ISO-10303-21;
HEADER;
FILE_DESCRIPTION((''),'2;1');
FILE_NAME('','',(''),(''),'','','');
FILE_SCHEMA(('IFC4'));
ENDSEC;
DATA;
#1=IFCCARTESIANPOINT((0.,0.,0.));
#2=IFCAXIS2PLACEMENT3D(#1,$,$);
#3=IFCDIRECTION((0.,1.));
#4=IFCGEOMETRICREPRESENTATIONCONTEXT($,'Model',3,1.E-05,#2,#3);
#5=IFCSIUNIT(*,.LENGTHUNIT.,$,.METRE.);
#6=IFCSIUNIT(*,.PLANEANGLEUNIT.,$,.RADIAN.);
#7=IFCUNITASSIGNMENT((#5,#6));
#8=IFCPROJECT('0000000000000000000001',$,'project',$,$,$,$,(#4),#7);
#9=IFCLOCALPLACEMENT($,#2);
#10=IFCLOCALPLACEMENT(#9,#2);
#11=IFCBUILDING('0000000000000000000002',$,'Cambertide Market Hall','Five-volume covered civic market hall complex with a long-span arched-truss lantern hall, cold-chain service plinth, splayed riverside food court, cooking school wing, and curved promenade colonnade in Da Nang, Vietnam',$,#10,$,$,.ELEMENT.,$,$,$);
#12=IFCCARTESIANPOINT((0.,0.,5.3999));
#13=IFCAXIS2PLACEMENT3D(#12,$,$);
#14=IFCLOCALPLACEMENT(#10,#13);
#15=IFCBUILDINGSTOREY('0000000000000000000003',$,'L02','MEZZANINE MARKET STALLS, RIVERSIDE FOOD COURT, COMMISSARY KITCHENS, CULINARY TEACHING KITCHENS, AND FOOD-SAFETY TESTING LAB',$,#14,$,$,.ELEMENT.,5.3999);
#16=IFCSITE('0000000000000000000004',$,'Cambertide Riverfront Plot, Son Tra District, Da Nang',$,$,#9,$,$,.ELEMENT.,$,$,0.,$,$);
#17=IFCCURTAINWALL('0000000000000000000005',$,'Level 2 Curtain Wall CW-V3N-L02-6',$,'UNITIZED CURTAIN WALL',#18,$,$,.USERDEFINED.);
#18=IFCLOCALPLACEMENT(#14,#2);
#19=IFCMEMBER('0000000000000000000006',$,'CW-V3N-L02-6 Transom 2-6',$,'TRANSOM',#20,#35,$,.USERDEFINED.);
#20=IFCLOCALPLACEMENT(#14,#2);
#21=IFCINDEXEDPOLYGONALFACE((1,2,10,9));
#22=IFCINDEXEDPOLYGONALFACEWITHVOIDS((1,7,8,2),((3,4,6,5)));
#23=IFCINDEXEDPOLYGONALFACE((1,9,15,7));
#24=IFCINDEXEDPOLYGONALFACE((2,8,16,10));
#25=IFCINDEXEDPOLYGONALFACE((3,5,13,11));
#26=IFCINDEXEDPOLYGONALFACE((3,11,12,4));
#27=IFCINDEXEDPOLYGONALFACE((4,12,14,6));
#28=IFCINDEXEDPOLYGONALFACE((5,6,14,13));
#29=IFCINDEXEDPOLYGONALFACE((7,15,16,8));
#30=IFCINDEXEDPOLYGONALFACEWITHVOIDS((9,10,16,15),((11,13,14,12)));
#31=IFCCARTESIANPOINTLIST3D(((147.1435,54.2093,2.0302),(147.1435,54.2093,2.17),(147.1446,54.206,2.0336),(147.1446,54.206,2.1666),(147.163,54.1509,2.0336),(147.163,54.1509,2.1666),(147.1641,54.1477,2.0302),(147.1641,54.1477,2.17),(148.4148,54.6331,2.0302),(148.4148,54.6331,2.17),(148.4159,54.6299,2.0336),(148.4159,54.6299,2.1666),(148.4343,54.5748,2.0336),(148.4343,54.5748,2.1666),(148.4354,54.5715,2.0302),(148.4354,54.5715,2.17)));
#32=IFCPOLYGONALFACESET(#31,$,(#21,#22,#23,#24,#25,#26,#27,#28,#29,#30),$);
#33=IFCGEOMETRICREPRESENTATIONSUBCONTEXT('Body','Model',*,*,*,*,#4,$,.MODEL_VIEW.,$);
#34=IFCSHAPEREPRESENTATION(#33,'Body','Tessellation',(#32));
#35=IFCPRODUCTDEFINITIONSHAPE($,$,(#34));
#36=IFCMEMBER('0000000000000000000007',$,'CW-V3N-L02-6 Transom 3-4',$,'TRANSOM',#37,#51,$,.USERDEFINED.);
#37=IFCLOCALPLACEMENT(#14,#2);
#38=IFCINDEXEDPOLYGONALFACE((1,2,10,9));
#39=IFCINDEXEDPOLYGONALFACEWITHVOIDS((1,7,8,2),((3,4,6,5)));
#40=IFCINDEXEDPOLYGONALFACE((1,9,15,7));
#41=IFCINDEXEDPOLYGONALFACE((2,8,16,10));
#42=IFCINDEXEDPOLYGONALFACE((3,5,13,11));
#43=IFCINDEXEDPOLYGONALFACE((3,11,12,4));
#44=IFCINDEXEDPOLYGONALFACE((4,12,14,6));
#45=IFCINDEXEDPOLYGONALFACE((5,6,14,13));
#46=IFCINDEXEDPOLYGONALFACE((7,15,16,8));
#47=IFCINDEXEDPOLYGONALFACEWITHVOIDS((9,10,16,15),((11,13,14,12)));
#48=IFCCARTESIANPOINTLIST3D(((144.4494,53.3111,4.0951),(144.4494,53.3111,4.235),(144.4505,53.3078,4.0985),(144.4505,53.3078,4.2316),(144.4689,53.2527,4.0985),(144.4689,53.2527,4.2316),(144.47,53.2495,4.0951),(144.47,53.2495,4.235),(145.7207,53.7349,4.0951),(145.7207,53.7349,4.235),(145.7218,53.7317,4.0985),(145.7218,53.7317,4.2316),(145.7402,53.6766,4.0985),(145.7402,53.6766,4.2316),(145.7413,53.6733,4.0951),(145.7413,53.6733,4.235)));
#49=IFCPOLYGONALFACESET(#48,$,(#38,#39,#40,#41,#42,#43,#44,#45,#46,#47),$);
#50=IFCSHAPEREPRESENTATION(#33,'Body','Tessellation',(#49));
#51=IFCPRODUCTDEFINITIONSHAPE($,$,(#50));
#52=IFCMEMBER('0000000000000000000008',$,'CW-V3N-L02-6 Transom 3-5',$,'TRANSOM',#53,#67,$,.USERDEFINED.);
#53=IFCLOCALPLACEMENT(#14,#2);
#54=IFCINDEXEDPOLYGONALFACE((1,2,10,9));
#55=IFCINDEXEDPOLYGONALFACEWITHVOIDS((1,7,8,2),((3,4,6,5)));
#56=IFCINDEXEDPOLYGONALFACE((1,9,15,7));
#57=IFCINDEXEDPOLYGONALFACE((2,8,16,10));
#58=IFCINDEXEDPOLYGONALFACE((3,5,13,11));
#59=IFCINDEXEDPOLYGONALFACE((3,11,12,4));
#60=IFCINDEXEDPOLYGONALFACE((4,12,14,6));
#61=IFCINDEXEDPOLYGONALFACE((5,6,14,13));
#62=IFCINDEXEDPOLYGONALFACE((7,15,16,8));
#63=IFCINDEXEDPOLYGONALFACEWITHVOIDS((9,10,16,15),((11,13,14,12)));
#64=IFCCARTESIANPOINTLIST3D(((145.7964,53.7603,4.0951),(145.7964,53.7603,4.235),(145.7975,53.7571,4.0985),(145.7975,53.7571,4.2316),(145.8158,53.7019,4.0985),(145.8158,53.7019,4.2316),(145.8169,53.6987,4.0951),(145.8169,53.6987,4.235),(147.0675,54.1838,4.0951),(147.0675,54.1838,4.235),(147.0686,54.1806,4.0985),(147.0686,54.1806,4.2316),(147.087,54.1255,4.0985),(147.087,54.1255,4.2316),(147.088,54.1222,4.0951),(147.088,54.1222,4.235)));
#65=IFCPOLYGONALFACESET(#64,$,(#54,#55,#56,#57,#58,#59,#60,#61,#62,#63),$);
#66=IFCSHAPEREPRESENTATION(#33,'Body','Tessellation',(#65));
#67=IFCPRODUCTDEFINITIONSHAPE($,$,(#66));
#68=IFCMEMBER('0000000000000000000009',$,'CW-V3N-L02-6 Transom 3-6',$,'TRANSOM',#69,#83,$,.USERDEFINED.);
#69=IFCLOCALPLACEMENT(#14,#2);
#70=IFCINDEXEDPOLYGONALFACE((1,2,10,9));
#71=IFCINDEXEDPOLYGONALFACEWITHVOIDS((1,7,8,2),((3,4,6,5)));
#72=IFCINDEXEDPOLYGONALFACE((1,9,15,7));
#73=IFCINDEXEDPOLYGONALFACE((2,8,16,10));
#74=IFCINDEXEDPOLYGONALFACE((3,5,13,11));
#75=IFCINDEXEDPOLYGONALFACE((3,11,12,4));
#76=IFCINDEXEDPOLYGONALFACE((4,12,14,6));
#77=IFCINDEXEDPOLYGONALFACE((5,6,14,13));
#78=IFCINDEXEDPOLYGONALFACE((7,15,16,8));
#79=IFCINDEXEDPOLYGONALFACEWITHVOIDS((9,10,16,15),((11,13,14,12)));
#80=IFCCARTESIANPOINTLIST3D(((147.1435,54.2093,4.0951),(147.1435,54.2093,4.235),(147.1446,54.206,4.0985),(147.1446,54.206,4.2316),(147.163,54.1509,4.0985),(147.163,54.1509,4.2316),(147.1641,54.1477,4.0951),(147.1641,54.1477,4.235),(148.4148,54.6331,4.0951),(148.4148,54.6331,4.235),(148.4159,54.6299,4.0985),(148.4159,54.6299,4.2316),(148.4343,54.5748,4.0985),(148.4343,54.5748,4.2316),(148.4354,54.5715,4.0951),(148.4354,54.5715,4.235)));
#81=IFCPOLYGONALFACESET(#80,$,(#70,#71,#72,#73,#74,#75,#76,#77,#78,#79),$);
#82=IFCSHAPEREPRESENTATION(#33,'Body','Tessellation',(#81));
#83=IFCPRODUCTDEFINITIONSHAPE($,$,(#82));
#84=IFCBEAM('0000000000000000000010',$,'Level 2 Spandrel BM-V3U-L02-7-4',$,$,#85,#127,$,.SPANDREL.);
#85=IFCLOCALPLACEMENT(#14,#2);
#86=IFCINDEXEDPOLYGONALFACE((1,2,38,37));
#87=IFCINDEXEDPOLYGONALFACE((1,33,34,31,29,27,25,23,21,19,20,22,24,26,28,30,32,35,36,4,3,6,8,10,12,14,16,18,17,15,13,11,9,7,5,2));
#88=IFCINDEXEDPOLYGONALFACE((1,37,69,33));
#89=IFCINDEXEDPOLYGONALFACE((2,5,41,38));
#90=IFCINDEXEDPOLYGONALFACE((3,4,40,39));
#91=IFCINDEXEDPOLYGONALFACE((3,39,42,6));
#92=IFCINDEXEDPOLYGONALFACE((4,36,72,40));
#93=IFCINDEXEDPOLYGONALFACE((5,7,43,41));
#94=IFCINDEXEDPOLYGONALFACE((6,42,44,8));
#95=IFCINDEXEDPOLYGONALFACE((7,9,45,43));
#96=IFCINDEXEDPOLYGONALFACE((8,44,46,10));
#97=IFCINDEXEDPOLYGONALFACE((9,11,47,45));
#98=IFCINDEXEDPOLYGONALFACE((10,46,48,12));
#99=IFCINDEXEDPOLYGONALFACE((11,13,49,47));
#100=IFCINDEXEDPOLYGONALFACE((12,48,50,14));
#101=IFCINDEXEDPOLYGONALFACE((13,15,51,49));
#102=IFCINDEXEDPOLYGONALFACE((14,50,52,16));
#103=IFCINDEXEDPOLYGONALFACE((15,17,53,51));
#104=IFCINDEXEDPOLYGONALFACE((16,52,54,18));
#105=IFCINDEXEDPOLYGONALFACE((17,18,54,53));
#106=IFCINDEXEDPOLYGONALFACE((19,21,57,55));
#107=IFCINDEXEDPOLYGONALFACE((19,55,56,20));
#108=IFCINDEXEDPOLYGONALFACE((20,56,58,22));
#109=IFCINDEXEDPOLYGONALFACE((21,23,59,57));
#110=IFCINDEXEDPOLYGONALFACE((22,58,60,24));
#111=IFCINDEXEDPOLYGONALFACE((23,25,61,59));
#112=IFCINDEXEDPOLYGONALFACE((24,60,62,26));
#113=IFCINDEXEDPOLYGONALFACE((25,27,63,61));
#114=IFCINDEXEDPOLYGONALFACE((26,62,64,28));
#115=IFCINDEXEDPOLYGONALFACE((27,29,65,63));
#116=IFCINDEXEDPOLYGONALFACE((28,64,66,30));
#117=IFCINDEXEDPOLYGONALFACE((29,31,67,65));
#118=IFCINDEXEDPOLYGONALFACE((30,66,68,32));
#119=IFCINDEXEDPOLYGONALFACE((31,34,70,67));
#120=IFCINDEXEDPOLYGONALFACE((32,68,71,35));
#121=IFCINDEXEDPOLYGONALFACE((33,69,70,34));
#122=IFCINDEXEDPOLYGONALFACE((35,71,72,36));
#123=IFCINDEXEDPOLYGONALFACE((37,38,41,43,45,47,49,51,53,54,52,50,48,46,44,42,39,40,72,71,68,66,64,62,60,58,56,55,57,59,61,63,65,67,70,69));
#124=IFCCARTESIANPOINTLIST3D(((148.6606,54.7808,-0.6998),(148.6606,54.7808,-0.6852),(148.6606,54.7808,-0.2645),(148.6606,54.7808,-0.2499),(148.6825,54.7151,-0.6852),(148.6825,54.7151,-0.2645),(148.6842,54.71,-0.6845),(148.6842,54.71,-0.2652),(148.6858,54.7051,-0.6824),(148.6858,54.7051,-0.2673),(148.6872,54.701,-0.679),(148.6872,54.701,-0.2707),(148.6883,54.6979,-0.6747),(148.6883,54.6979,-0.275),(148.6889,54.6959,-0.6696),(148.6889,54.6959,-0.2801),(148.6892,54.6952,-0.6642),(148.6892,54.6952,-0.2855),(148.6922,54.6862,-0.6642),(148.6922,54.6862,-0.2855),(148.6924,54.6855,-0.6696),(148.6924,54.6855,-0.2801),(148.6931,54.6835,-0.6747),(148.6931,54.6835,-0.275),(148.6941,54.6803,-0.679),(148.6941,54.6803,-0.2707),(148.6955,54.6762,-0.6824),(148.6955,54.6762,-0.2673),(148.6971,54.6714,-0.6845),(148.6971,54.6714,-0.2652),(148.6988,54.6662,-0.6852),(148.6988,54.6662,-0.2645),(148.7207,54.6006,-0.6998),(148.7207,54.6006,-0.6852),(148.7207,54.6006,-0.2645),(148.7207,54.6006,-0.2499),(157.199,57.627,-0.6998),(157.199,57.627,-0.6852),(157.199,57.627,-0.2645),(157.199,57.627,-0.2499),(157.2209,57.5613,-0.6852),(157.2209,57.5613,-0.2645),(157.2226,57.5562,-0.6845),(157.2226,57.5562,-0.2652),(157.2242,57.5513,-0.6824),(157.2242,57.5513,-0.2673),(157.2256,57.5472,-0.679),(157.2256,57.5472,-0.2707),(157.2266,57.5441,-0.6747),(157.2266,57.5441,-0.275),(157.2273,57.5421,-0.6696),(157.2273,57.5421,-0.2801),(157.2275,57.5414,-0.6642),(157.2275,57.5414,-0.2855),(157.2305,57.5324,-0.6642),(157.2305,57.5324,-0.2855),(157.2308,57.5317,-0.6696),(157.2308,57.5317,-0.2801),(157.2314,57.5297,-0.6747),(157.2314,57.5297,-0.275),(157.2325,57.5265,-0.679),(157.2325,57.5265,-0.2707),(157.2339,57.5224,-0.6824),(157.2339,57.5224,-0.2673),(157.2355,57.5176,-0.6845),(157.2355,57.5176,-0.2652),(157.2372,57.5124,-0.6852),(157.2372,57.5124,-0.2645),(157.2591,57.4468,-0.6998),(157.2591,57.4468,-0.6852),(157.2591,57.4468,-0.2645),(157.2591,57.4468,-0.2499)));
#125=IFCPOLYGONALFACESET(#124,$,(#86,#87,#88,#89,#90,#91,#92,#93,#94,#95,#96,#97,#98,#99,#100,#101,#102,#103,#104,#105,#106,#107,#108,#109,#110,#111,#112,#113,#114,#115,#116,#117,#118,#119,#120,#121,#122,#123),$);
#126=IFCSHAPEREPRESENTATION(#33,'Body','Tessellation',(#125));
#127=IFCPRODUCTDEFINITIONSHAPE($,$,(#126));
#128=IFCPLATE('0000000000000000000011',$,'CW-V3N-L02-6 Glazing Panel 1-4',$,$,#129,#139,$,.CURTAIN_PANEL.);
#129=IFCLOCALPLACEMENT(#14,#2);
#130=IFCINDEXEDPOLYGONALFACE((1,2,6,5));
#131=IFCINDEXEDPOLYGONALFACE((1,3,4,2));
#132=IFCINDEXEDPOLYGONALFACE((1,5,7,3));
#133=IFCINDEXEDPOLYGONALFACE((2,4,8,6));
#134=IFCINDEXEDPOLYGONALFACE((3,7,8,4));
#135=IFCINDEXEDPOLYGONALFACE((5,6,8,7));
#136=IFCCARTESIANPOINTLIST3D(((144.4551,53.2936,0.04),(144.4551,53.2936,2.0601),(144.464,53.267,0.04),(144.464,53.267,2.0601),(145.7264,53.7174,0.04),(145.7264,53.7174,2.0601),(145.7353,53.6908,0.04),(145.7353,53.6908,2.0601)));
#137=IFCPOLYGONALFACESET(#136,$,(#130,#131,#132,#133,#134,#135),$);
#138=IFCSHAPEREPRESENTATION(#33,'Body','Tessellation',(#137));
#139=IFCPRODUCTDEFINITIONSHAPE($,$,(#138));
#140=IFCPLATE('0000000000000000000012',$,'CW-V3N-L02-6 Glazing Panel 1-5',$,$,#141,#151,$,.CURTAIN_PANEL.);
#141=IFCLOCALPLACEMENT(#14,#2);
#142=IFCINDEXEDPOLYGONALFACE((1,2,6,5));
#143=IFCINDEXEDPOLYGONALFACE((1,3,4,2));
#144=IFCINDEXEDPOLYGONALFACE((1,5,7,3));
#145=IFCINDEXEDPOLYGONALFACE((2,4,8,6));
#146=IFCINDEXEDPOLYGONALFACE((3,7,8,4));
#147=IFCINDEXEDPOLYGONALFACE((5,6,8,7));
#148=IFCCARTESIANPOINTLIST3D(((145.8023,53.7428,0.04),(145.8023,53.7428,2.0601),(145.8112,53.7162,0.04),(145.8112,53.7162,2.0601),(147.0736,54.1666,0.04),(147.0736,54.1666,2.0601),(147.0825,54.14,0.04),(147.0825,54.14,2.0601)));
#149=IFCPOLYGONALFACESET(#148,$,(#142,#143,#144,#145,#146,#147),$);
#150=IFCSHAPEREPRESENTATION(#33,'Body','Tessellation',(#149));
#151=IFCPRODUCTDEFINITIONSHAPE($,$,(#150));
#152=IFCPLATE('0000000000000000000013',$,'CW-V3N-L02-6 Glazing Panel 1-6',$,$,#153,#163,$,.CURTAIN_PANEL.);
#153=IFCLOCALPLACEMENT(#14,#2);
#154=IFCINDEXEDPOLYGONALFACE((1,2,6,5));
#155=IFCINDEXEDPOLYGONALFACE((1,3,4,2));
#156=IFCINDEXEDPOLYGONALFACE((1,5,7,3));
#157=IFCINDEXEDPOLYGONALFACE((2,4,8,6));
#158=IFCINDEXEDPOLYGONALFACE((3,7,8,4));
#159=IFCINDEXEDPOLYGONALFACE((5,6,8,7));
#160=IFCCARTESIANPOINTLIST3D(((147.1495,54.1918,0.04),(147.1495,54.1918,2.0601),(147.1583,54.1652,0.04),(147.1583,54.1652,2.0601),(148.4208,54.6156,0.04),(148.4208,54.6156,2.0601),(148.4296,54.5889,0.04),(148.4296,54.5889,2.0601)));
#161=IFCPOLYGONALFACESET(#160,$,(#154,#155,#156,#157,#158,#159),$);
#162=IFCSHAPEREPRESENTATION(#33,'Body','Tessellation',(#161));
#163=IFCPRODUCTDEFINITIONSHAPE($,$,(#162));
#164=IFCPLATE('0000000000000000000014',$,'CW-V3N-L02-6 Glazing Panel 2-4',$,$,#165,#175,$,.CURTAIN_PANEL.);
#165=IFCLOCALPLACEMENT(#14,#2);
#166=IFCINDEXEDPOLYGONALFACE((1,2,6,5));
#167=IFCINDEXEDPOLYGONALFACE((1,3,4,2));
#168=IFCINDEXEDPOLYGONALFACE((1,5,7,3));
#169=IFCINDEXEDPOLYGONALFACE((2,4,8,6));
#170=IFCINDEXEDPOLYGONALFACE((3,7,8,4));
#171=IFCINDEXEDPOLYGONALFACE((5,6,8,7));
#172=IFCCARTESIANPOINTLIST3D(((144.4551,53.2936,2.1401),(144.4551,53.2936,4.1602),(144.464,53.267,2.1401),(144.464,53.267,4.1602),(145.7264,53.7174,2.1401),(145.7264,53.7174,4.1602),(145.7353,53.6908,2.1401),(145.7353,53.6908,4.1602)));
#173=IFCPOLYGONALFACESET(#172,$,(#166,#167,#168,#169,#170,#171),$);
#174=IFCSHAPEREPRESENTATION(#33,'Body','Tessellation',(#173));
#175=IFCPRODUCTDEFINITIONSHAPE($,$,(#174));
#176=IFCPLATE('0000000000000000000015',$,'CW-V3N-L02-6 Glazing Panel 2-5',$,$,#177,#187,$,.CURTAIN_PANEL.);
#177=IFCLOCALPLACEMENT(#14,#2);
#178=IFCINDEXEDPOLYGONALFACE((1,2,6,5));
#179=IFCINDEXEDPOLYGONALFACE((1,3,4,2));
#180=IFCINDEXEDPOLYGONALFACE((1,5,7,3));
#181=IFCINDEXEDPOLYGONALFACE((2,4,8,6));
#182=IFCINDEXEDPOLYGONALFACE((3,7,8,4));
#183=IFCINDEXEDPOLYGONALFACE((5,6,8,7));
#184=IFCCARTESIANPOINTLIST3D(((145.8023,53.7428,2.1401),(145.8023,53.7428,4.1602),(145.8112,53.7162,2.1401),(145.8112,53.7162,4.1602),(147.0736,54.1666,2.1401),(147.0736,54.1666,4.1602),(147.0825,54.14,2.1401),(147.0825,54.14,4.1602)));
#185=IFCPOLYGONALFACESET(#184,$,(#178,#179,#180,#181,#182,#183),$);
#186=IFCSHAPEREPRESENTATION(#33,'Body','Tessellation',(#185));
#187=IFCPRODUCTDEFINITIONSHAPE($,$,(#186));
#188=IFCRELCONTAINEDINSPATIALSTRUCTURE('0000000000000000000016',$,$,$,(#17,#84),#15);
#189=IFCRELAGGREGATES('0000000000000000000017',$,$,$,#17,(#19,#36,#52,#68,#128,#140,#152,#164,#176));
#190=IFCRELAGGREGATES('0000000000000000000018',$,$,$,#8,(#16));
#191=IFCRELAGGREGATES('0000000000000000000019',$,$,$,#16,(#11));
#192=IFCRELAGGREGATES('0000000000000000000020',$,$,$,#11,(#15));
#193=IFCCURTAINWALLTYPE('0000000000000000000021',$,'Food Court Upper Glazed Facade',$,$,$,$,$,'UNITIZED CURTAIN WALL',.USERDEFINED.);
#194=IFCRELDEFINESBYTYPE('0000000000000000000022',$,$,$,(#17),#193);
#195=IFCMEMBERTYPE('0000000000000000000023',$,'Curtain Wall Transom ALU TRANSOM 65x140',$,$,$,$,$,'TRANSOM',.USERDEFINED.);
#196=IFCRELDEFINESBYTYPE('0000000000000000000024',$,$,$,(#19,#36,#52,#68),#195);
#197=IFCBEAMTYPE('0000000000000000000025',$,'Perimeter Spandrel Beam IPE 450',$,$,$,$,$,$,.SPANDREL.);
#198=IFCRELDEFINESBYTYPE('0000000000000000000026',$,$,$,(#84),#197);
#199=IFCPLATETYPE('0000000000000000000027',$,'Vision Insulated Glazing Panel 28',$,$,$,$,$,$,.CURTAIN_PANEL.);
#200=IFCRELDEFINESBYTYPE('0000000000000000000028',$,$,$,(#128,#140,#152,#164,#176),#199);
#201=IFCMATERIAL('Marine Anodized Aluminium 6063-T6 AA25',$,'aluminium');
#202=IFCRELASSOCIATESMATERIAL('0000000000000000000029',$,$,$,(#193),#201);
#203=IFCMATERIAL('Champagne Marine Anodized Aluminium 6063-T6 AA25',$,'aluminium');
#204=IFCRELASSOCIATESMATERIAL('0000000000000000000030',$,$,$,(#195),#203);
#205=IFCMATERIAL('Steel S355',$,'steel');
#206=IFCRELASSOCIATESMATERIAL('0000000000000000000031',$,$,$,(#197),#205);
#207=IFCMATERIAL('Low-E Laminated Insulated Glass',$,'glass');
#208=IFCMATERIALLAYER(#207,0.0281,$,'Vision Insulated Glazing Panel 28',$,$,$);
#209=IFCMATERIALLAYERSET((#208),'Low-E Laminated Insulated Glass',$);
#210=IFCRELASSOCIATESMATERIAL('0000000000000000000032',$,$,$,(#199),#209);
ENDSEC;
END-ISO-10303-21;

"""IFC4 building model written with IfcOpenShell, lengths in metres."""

from ifc_helpers import new_model, si_unit, direction, frame, origin, origin_2d, place, context, subcontext, project, spatial, rectangle, hollow_rectangle, i_section, extrude, material, layer, layer_set, material_profile, profile_set, type_object, element, aggregate, save


model = new_model("IFC4")

# Units and contexts
model_context = context("Model", 3, precision=1e-05, world=origin(), true_north=direction((0.0, 1.0)))
body_context = subcontext(model_context, "Body", "Model", "MODEL_VIEW")
ifc_project = project(units=[si_unit("LENGTHUNIT", "METRE"), si_unit("PLANEANGLEUNIT", "RADIAN")], contexts=[model_context])

# Site, building, storey
site_placement = place(None, origin())
site = spatial("IfcSite", under=ifc_project, at=site_placement, Name="Cambertide Riverfront Plot, Son Tra District, Da Nang", CompositionType="ELEMENT", RefElevation=0.0)
building_placement = place(site_placement, origin())
building = spatial("IfcBuilding", under=site, at=building_placement, Name="Cambertide Market Hall", Description="Five-volume covered civic market hall complex with a long-span arched-truss lantern hall, cold-chain service plinth, splayed riverside food court, cooking school wing, and curved promenade colonnade in Da Nang, Vietnam", CompositionType="ELEMENT")
storey_placement = place(building_placement, frame((0.0, 0.0, 5.3999)))
storey = spatial("IfcBuildingStorey", under=building, at=storey_placement, Name="L02", Description="MEZZANINE MARKET STALLS, RIVERSIDE FOOD COURT, COMMISSARY KITCHENS, CULINARY TEACHING KITCHENS, AND FOOD-SAFETY TESTING LAB", CompositionType="ELEMENT", Elevation=5.3999)

# Curtain wall, members
ifc_material_1 = material(Name="Marine Anodized Aluminium 6063-T6 AA25", Category="aluminium")
curtain_wall_type = type_object("IfcCurtainWallType", Name="Food Court Upper Glazed Facade", ElementType="UNITIZED CURTAIN WALL", PredefinedType="USERDEFINED", material=ifc_material_1)
curtain_wall_placement = place(storey_placement, origin())
curtain_wall = element("IfcCurtainWall", 1, at=curtain_wall_placement, inside=storey, type_object=curtain_wall_type, Name="Level 2 Curtain Wall CW-V3N-L02-6", ObjectType="UNITIZED CURTAIN WALL", PredefinedType="USERDEFINED")
ifc_material_2 = material(Name="Champagne Marine Anodized Aluminium 6063-T6 AA25", Category="aluminium")
ifc_material_profile_1 = material_profile(ifc_material_2, hollow_rectangle(XDim=0.0649, YDim=0.1399, WallThickness=0.0034, at=origin_2d()), Name="ALU TRANSOM 65x140")
ifc_profile_set_1 = profile_set([ifc_material_profile_1], Name="Champagne Marine Anodized Aluminium 6063-T6 AA25")
member_type_1 = type_object("IfcMemberType", Name="Curtain Wall Transom ALU TRANSOM 65x140", ElementType="TRANSOM", PredefinedType="USERDEFINED", material=ifc_profile_set_1)
member_1_placement = place(storey_placement, frame((147.1538, 54.1785, 2.1001), z_axis=(0.948665, 0.316282, 0.0), x_axis=(-0.316282, 0.948665, 0.0)))
member_1 = element("IfcMember", 2, at=member_1_placement, type_object=member_type_1, Name="CW-V3N-L02-6 Transom 2-6", ObjectType="TRANSOM", PredefinedType="USERDEFINED", context=body_context, shape_type="SweptSolid", body=[
    extrude(hollow_rectangle(XDim=0.0649, YDim=0.1399, WallThickness=0.0034, at=origin_2d()), origin(), (0.0, 0.0, 1.0), 1.3401),
])
member_2_placement = place(storey_placement, frame((144.4597, 53.2803, 4.165), z_axis=(0.948665, 0.316282, 0.0), x_axis=(-0.316282, 0.948665, 0.0)))
member_2 = element("IfcMember", 3, at=member_2_placement, type_object=member_type_1, Name="CW-V3N-L02-6 Transom 3-4", ObjectType="TRANSOM", PredefinedType="USERDEFINED", context=body_context, shape_type="SweptSolid", body=[
    extrude(hollow_rectangle(XDim=0.0649, YDim=0.1399, WallThickness=0.0034, at=origin_2d()), origin(), (0.0, 0.0, 1.0), 1.3401),
])
member_3_placement = place(storey_placement, frame((145.8066, 53.7295, 4.165), z_axis=(0.94872, 0.316118, 0.0), x_axis=(-0.316118, 0.94872, 0.0)))
member_3 = element("IfcMember", 4, at=member_3_placement, type_object=member_type_1, Name="CW-V3N-L02-6 Transom 3-5", ObjectType="TRANSOM", PredefinedType="USERDEFINED", context=body_context, shape_type="SweptSolid", body=[
    extrude(hollow_rectangle(XDim=0.0649, YDim=0.1399, WallThickness=0.0034, at=origin_2d()), origin(), (0.0, 0.0, 1.0), 1.3398),
])
member_4_placement = place(storey_placement, frame((147.1538, 54.1785, 4.165), z_axis=(0.948665, 0.316282, 0.0), x_axis=(-0.316282, 0.948665, 0.0)))
member_4 = element("IfcMember", 5, at=member_4_placement, type_object=member_type_1, Name="CW-V3N-L02-6 Transom 3-6", ObjectType="TRANSOM", PredefinedType="USERDEFINED", context=body_context, shape_type="SweptSolid", body=[
    extrude(hollow_rectangle(XDim=0.0649, YDim=0.1399, WallThickness=0.0034, at=origin_2d()), origin(), (0.0, 0.0, 1.0), 1.3401),
])

# Beam
ifc_material_3 = material(Name="Steel S355", Category="steel")
ifc_material_profile_2 = material_profile(ifc_material_3, i_section(OverallWidth=0.1899, OverallDepth=0.45, WebThickness=0.0095, FlangeThickness=0.0146, FilletRadius=0.021, at=origin_2d()), Name="IPE 450")
ifc_profile_set_2 = profile_set([ifc_material_profile_2], Name="Steel S355")
beam_type = type_object("IfcBeamType", Name="Perimeter Spandrel Beam IPE 450", PredefinedType="SPANDREL", material=ifc_profile_set_2)
beam_placement = place(storey_placement, frame((148.6907, 54.6907, -0.4749), z_axis=(0.948681, 0.316236, 0.0), x_axis=(-0.316236, 0.948681, 0.0)))
element("IfcBeam", 6, at=beam_placement, inside=storey, type_object=beam_type, Name="Level 2 Spandrel BM-V3U-L02-7-4", PredefinedType="SPANDREL", context=body_context, shape_type="SweptSolid", body=[
    extrude(i_section(OverallWidth=0.1899, OverallDepth=0.45, WebThickness=0.0095, FlangeThickness=0.0146, FilletRadius=0.021, at=origin_2d()), origin(), (0.0, 0.0, 1.0), 9.0002),
])

# Plates
ifc_material_4 = material(Name="Low-E Laminated Insulated Glass", Category="glass")
ifc_layer_1 = layer(ifc_material_4, 0.0281, Name="Vision Insulated Glazing Panel 28")
ifc_layer_set_1 = layer_set([ifc_layer_1], Name="Low-E Laminated Insulated Glass")
plate_type = type_object("IfcPlateType", Name="Vision Insulated Glazing Panel 28", PredefinedType="CURTAIN_PANEL", material=ifc_layer_set_1)
plate_1_placement = place(storey_placement, frame((145.0952, 53.4922, 0.04), z_axis=(0.0, 0.0, 1.0), x_axis=(0.948683, 0.316228, 0.0)))
plate_1 = element("IfcPlate", 7, at=plate_1_placement, type_object=plate_type, Name="CW-V3N-L02-6 Glazing Panel 1-4", PredefinedType="CURTAIN_PANEL", context=body_context, shape_type="SweptSolid", body=[
    extrude(rectangle(XDim=1.3401, YDim=0.0281, at=origin_2d()), origin(), (0.0, 0.0, 1.0), 2.02),
])
plate_2_placement = place(storey_placement, frame((146.4424, 53.9414, 0.04), z_axis=(0.0, 0.0, 1.0), x_axis=(0.948683, 0.316228, 0.0)))
plate_2 = element("IfcPlate", 8, at=plate_2_placement, type_object=plate_type, Name="CW-V3N-L02-6 Glazing Panel 1-5", PredefinedType="CURTAIN_PANEL", context=body_context, shape_type="SweptSolid", body=[
    extrude(rectangle(XDim=1.3401, YDim=0.0281, at=origin_2d()), origin(), (0.0, 0.0, 1.0), 2.02),
])
plate_3_placement = place(storey_placement, frame((147.7896, 54.3904, 0.04), z_axis=(0.0, 0.0, 1.0), x_axis=(0.948683, 0.316228, 0.0)))
plate_3 = element("IfcPlate", 9, at=plate_3_placement, type_object=plate_type, Name="CW-V3N-L02-6 Glazing Panel 1-6", PredefinedType="CURTAIN_PANEL", context=body_context, shape_type="SweptSolid", body=[
    extrude(rectangle(XDim=1.3401, YDim=0.0281, at=origin_2d()), origin(), (0.0, 0.0, 1.0), 2.02),
])
plate_4_placement = place(storey_placement, frame((145.0952, 53.4922, 2.1401), z_axis=(0.0, 0.0, 1.0), x_axis=(0.948683, 0.316228, 0.0)))
plate_4 = element("IfcPlate", 10, at=plate_4_placement, type_object=plate_type, Name="CW-V3N-L02-6 Glazing Panel 2-4", PredefinedType="CURTAIN_PANEL", context=body_context, shape_type="SweptSolid", body=[
    extrude(rectangle(XDim=1.3401, YDim=0.0281, at=origin_2d()), origin(), (0.0, 0.0, 1.0), 2.02),
])
plate_5_placement = place(storey_placement, frame((146.4424, 53.9414, 2.1401), z_axis=(0.0, 0.0, 1.0), x_axis=(0.948683, 0.316228, 0.0)))
plate_5 = element("IfcPlate", 11, at=plate_5_placement, type_object=plate_type, Name="CW-V3N-L02-6 Glazing Panel 2-5", PredefinedType="CURTAIN_PANEL", context=body_context, shape_type="SweptSolid", body=[
    extrude(rectangle(XDim=1.3401, YDim=0.0281, at=origin_2d()), origin(), (0.0, 0.0, 1.0), 2.02),
])
aggregate(curtain_wall, [member_1, member_2, member_3, member_4, plate_1, plate_2, plate_3, plate_4, plate_5])

save(model, "model.ifc")
